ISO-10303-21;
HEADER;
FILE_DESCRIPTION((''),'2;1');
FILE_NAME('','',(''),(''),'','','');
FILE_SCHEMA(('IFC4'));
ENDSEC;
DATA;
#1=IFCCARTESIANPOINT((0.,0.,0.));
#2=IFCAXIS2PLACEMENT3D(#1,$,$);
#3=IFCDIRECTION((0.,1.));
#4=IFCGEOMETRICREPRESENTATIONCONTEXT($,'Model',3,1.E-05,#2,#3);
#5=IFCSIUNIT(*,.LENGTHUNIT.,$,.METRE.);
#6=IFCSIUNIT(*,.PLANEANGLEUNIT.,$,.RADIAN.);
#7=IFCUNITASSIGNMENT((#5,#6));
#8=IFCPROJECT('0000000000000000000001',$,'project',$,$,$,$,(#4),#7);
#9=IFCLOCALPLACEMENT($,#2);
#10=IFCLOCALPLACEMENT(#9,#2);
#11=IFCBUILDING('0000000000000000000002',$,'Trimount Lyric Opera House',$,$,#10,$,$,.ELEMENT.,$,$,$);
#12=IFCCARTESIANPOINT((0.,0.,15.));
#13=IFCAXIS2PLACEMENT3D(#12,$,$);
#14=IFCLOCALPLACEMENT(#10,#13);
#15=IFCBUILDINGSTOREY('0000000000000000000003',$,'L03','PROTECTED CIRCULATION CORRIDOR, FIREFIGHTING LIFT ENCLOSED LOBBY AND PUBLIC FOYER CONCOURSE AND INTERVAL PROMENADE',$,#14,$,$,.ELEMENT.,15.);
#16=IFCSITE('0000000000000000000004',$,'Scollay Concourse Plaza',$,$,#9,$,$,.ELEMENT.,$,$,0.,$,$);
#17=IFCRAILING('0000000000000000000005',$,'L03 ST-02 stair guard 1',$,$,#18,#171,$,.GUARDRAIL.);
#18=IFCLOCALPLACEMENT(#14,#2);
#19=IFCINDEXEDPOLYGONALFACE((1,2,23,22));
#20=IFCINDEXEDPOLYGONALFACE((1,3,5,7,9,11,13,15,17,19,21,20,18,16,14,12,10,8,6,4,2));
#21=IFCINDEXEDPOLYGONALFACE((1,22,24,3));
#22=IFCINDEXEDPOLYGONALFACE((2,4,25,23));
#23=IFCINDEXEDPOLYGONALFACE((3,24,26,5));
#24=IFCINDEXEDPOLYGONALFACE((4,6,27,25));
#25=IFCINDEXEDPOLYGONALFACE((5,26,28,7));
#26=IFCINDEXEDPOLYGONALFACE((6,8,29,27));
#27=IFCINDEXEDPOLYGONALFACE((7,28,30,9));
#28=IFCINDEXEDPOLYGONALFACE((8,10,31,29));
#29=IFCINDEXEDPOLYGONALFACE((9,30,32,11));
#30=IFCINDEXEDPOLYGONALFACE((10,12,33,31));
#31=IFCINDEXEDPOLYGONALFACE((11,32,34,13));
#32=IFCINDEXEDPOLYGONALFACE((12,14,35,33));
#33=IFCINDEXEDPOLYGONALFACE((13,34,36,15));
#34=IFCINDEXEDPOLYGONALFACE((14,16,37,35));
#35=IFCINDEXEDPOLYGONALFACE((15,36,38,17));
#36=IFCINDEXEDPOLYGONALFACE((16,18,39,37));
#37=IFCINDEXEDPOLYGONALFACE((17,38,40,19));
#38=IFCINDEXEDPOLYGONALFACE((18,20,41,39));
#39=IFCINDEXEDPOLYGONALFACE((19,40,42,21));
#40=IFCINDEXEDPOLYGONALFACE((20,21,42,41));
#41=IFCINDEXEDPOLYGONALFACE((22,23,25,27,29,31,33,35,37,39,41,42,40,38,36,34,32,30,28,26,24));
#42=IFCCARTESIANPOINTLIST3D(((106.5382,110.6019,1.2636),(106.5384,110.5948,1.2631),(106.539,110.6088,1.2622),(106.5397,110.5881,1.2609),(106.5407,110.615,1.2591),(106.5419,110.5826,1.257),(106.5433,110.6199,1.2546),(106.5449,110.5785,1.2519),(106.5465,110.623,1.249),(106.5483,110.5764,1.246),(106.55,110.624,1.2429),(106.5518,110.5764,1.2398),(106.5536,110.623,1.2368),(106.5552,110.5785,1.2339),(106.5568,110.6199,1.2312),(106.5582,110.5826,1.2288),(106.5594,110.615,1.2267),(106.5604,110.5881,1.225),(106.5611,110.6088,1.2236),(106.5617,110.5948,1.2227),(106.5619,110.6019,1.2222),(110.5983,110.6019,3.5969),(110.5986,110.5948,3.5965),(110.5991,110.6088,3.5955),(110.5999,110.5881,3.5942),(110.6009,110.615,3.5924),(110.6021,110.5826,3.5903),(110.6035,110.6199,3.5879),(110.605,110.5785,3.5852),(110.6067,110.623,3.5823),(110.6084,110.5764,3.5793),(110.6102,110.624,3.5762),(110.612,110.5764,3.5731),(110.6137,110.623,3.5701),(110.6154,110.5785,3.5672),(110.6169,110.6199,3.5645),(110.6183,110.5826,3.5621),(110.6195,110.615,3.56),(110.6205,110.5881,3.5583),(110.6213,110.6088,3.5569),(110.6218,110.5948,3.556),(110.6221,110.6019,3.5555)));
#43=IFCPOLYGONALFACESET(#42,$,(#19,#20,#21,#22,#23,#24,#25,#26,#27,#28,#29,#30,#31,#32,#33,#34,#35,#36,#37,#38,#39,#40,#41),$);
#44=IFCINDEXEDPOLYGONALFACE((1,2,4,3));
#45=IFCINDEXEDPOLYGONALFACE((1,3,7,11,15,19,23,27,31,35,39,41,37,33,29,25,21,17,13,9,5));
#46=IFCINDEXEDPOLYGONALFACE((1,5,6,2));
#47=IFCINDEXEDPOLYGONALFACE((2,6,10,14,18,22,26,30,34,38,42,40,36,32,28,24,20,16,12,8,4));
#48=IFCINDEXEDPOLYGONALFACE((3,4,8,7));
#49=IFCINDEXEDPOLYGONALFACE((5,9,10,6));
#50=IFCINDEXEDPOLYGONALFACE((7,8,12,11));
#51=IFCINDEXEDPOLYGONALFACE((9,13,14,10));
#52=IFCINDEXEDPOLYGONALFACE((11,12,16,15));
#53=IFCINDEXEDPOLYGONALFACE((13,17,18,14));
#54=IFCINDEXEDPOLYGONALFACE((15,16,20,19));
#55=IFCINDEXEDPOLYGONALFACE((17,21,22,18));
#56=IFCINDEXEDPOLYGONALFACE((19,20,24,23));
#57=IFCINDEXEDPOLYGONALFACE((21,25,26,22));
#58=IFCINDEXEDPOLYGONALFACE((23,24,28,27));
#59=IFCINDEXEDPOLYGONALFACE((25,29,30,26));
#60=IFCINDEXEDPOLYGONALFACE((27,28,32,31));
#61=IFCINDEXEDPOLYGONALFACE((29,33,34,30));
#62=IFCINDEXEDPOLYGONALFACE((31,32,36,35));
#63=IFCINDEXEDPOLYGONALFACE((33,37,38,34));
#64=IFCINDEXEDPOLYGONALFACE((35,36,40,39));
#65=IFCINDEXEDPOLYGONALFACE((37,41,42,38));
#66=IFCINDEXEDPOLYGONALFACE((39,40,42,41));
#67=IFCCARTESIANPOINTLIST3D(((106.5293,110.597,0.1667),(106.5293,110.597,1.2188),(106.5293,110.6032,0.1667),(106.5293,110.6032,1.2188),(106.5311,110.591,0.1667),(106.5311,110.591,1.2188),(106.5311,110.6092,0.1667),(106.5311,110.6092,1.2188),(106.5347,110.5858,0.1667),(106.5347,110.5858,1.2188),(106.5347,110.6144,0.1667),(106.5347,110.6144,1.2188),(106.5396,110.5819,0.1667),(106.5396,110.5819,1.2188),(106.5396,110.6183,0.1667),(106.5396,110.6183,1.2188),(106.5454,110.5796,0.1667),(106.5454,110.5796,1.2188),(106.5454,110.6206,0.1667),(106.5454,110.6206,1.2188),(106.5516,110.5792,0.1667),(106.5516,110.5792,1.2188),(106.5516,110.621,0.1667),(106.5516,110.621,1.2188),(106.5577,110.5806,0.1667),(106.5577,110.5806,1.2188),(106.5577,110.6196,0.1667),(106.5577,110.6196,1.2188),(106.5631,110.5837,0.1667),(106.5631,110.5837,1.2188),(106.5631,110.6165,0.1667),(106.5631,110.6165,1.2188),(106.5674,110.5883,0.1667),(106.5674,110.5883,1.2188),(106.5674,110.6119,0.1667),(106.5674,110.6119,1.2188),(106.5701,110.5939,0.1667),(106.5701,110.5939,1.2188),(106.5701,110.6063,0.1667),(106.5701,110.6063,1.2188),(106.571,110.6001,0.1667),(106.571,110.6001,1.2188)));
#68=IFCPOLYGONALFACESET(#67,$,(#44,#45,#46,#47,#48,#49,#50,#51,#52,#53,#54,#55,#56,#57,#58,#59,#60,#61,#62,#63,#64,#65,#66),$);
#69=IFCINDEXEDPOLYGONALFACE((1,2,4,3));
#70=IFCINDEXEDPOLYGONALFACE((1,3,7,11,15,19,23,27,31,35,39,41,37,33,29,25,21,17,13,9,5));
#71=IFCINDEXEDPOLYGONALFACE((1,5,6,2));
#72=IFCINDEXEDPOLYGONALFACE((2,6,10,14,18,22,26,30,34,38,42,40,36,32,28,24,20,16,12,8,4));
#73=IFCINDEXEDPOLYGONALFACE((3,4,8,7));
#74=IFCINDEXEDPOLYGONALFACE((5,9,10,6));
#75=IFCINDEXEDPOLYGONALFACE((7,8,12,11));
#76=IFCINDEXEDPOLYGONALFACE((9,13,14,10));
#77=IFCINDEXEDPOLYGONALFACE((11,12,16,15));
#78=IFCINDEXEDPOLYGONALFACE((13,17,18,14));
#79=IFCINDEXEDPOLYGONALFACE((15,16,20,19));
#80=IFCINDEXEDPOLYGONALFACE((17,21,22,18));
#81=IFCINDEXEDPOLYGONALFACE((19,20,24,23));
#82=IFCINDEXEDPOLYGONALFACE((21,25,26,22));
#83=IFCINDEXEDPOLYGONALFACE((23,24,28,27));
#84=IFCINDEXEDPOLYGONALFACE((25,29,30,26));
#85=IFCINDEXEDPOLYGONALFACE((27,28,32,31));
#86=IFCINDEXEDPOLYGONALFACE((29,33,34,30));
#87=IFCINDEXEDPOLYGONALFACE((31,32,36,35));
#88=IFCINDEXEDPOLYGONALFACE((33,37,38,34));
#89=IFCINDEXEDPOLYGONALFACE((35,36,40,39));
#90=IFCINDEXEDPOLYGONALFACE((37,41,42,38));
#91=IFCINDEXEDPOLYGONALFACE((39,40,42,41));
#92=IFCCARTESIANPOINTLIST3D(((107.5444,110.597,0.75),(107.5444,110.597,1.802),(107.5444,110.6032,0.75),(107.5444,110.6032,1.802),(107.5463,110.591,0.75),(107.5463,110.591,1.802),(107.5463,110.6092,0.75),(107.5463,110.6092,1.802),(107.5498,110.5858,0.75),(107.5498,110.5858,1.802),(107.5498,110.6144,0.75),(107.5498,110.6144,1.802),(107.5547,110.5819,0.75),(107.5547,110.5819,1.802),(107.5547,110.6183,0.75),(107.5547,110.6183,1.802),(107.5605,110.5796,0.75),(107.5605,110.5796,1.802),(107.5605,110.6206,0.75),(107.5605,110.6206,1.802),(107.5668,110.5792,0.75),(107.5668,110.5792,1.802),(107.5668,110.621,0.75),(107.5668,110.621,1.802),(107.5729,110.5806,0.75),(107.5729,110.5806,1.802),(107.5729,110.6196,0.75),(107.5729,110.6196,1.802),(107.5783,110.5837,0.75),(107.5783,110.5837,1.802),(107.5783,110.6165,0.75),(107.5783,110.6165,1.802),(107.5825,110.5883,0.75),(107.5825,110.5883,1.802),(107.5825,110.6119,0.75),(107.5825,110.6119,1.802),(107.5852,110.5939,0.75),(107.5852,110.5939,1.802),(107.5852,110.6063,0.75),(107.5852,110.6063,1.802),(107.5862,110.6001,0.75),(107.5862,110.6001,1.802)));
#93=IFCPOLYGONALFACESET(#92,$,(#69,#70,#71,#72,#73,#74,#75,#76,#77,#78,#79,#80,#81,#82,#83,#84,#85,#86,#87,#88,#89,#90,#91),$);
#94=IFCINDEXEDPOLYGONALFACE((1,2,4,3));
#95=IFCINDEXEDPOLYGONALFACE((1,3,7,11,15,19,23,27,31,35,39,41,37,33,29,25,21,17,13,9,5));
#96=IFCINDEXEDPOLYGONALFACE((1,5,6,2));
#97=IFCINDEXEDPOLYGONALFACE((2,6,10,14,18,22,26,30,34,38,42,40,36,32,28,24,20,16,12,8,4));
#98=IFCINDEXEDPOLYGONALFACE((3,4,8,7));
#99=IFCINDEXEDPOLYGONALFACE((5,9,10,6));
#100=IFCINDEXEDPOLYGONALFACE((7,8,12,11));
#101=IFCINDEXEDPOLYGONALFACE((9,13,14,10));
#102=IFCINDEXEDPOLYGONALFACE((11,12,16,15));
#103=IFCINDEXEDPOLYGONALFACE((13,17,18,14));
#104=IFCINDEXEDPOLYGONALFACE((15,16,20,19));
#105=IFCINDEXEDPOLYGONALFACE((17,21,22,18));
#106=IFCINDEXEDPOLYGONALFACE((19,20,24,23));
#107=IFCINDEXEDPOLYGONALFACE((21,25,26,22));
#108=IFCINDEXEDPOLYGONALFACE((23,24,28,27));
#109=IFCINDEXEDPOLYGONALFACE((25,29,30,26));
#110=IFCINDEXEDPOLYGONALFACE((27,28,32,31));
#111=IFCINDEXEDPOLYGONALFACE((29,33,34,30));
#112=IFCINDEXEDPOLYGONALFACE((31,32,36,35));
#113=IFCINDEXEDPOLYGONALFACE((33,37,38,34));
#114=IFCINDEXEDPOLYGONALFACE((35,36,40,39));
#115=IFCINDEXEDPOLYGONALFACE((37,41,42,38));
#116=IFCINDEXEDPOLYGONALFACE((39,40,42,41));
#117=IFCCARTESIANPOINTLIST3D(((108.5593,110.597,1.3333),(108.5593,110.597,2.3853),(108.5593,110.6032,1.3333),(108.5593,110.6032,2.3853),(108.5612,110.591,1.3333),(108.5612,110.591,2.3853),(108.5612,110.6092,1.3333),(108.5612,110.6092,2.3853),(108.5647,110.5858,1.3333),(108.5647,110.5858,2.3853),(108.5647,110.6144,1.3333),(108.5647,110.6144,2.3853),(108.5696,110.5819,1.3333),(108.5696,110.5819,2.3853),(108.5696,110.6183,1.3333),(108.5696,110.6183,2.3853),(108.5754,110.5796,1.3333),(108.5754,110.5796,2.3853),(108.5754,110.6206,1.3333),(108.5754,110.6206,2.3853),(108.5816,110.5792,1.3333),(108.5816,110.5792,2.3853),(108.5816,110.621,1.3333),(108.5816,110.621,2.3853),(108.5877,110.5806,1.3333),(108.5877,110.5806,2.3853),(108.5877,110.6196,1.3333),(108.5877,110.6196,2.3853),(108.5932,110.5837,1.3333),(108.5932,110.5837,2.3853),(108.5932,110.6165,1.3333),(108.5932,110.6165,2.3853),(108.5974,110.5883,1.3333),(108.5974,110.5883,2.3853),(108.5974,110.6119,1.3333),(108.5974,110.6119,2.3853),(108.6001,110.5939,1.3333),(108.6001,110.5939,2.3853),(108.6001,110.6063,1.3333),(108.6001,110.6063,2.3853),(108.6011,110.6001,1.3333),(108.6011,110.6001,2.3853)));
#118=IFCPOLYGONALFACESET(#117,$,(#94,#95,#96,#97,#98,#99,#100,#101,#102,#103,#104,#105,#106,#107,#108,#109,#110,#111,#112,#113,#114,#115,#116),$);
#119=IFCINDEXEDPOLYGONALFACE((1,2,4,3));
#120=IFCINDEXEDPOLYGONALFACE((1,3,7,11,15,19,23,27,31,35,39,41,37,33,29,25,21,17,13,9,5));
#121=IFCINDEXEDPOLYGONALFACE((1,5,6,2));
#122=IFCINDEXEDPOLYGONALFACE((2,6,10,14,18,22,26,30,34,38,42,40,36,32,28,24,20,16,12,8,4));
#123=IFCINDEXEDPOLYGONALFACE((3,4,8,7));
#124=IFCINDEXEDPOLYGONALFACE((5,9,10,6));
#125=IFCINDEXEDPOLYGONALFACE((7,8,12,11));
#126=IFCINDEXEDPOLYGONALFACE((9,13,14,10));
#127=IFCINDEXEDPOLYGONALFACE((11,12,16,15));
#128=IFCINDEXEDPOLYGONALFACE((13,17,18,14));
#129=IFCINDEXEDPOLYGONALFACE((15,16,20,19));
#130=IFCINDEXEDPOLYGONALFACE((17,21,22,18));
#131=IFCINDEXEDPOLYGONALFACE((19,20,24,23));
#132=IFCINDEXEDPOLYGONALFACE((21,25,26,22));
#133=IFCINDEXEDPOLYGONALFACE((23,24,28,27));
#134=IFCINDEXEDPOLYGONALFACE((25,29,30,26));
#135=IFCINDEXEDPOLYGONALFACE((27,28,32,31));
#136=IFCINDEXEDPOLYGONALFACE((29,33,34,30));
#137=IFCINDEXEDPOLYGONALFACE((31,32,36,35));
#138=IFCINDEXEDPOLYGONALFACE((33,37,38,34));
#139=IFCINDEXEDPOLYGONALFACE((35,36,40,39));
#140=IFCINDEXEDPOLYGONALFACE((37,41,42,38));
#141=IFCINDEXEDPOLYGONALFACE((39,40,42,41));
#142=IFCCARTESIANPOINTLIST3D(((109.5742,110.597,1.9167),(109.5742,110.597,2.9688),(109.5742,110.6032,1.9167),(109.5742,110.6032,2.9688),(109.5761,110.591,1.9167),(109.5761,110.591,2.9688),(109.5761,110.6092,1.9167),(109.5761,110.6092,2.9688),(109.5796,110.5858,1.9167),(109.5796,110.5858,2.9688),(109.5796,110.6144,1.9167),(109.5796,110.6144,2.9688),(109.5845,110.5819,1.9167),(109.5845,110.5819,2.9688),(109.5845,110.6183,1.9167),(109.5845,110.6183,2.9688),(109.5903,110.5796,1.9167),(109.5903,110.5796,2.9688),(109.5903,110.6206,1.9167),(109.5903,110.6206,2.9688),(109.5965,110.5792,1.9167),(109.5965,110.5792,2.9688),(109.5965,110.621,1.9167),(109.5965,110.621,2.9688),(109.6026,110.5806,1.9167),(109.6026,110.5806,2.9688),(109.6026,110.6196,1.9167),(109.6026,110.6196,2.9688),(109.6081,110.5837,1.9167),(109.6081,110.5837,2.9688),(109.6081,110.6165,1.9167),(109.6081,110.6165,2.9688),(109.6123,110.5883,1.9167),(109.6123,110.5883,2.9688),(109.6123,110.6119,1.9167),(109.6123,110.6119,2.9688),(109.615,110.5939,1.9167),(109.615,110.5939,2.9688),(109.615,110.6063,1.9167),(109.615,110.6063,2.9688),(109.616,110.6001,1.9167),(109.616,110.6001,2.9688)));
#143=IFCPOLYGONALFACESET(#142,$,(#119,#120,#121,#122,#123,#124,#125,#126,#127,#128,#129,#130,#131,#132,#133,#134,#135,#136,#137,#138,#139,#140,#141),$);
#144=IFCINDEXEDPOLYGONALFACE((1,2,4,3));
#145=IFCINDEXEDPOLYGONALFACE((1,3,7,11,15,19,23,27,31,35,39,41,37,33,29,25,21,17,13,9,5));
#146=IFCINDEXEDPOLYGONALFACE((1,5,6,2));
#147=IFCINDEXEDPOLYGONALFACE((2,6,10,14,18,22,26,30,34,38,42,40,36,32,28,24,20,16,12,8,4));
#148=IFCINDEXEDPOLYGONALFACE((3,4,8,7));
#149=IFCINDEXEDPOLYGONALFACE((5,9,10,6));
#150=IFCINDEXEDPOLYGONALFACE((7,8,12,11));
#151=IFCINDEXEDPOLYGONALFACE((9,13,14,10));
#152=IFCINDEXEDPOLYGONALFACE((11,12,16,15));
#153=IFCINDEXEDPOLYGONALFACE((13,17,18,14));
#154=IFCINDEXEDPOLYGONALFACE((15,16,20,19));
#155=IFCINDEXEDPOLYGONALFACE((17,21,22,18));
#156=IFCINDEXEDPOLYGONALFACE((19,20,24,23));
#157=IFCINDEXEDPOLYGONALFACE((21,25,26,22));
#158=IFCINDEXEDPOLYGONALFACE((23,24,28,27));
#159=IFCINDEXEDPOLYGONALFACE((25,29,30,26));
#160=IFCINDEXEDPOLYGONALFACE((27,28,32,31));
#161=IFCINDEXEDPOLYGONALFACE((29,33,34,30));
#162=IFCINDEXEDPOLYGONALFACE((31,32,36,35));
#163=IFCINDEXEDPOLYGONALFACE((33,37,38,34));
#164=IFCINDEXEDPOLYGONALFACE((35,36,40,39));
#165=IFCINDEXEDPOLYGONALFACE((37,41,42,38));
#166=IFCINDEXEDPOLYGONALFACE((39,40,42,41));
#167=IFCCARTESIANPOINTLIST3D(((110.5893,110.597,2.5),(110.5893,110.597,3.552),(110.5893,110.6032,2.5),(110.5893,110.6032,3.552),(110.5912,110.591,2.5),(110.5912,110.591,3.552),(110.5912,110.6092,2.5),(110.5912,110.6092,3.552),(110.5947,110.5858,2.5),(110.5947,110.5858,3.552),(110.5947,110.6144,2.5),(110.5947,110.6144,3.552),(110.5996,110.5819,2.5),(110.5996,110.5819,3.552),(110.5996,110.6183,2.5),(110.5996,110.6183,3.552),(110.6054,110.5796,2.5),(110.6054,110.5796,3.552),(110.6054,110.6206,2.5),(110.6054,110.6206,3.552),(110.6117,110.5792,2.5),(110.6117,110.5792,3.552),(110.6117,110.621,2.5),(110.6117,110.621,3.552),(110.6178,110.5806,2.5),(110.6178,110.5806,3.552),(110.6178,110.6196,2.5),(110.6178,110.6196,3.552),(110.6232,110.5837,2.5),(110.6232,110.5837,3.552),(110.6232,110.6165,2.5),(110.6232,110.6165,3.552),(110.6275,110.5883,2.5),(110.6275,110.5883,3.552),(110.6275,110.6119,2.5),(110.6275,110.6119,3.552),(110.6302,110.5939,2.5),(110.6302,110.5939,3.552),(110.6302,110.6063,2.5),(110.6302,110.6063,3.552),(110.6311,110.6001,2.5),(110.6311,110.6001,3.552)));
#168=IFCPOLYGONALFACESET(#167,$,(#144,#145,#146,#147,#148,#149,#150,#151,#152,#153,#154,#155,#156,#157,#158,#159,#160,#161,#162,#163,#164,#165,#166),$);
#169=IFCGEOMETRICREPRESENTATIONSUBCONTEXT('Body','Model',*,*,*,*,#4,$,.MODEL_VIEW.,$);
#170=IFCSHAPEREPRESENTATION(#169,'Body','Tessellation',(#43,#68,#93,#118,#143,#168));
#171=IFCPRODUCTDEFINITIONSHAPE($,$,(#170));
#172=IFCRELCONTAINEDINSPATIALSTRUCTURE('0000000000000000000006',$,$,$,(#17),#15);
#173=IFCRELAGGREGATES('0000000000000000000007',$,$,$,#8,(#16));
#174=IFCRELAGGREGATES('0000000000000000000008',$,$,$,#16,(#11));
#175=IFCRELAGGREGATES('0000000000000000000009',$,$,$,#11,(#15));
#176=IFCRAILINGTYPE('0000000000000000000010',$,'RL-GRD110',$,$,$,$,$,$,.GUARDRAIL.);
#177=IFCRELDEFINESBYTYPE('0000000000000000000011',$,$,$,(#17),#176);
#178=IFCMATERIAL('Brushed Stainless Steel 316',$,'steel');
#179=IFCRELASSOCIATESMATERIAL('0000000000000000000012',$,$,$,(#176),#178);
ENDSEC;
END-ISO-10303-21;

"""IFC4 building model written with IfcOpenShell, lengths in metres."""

from ifc_helpers import new_model, si_unit, direction, frame, origin, origin_2d, place, context, subcontext, project, spatial, circle, extrude, material, type_object, element, save


model = new_model("IFC4")

# Units and contexts
model_context = context("Model", 3, precision=1e-05, world=origin(), true_north=direction((0.0, 1.0)))
body_context = subcontext(model_context, "Body", "Model", "MODEL_VIEW")
ifc_project = project(units=[si_unit("LENGTHUNIT", "METRE"), si_unit("PLANEANGLEUNIT", "RADIAN")], contexts=[model_context])

# Site, building, storey
site_placement = place(None, origin())
site = spatial("IfcSite", under=ifc_project, at=site_placement, Name="Scollay Concourse Plaza", CompositionType="ELEMENT", RefElevation=0.0)
building_placement = place(site_placement, origin())
building = spatial("IfcBuilding", under=site, at=building_placement, Name="Trimount Lyric Opera House", CompositionType="ELEMENT")
storey_placement = place(building_placement, frame((0.0, 0.0, 15.0)))
storey = spatial("IfcBuildingStorey", under=building, at=storey_placement, Name="L03", Description="PROTECTED CIRCULATION CORRIDOR, FIREFIGHTING LIFT ENCLOSED LOBBY AND PUBLIC FOYER CONCOURSE AND INTERVAL PROMENADE", CompositionType="ELEMENT", Elevation=15.0)

# Railing
ifc_material_1 = material(Name="Brushed Stainless Steel 316", Category="steel")
railing_type_1 = type_object("IfcRailingType", Name="RL-GRD110", PredefinedType="GUARDRAIL", material=ifc_material_1)
railing_1_placement = place(storey_placement, frame((106.55, 110.6001, 0.1667)))
element("IfcRailing", 1, at=railing_1_placement, inside=storey, type_object=railing_type_1, Name="L03 ST-02 stair guard 1", PredefinedType="GUARDRAIL", context=body_context, shape_type="SweptSolid", body=[
    extrude(circle(Radius=0.0239, at=origin_2d()), frame((0.0, 0.0, 1.0762), z_axis=(0.867025, 0.0, 0.498265), x_axis=(0.0, 1.0, 0.0)), (0.0, 0.0, 1.0), 4.6829),
    extrude(circle(Radius=0.021, at=origin_2d()), origin(), (0.0, 0.0, 1.0), 1.052),
    extrude(circle(Radius=0.021, at=origin_2d()), frame((1.0151, 0.0, 0.5833)), (0.0, 0.0, 1.0), 1.052),
    extrude(circle(Radius=0.021, at=origin_2d()), frame((2.03, 0.0, 1.1665)), (0.0, 0.0, 1.0), 1.052),
    extrude(circle(Radius=0.021, at=origin_2d()), frame((3.0449, 0.0, 1.75)), (0.0, 0.0, 1.0), 1.052),
    extrude(circle(Radius=0.021, at=origin_2d()), frame((4.0601, 0.0, 2.3333)), (0.0, 0.0, 1.0), 1.052),
])

save(model, "model.ifc")
